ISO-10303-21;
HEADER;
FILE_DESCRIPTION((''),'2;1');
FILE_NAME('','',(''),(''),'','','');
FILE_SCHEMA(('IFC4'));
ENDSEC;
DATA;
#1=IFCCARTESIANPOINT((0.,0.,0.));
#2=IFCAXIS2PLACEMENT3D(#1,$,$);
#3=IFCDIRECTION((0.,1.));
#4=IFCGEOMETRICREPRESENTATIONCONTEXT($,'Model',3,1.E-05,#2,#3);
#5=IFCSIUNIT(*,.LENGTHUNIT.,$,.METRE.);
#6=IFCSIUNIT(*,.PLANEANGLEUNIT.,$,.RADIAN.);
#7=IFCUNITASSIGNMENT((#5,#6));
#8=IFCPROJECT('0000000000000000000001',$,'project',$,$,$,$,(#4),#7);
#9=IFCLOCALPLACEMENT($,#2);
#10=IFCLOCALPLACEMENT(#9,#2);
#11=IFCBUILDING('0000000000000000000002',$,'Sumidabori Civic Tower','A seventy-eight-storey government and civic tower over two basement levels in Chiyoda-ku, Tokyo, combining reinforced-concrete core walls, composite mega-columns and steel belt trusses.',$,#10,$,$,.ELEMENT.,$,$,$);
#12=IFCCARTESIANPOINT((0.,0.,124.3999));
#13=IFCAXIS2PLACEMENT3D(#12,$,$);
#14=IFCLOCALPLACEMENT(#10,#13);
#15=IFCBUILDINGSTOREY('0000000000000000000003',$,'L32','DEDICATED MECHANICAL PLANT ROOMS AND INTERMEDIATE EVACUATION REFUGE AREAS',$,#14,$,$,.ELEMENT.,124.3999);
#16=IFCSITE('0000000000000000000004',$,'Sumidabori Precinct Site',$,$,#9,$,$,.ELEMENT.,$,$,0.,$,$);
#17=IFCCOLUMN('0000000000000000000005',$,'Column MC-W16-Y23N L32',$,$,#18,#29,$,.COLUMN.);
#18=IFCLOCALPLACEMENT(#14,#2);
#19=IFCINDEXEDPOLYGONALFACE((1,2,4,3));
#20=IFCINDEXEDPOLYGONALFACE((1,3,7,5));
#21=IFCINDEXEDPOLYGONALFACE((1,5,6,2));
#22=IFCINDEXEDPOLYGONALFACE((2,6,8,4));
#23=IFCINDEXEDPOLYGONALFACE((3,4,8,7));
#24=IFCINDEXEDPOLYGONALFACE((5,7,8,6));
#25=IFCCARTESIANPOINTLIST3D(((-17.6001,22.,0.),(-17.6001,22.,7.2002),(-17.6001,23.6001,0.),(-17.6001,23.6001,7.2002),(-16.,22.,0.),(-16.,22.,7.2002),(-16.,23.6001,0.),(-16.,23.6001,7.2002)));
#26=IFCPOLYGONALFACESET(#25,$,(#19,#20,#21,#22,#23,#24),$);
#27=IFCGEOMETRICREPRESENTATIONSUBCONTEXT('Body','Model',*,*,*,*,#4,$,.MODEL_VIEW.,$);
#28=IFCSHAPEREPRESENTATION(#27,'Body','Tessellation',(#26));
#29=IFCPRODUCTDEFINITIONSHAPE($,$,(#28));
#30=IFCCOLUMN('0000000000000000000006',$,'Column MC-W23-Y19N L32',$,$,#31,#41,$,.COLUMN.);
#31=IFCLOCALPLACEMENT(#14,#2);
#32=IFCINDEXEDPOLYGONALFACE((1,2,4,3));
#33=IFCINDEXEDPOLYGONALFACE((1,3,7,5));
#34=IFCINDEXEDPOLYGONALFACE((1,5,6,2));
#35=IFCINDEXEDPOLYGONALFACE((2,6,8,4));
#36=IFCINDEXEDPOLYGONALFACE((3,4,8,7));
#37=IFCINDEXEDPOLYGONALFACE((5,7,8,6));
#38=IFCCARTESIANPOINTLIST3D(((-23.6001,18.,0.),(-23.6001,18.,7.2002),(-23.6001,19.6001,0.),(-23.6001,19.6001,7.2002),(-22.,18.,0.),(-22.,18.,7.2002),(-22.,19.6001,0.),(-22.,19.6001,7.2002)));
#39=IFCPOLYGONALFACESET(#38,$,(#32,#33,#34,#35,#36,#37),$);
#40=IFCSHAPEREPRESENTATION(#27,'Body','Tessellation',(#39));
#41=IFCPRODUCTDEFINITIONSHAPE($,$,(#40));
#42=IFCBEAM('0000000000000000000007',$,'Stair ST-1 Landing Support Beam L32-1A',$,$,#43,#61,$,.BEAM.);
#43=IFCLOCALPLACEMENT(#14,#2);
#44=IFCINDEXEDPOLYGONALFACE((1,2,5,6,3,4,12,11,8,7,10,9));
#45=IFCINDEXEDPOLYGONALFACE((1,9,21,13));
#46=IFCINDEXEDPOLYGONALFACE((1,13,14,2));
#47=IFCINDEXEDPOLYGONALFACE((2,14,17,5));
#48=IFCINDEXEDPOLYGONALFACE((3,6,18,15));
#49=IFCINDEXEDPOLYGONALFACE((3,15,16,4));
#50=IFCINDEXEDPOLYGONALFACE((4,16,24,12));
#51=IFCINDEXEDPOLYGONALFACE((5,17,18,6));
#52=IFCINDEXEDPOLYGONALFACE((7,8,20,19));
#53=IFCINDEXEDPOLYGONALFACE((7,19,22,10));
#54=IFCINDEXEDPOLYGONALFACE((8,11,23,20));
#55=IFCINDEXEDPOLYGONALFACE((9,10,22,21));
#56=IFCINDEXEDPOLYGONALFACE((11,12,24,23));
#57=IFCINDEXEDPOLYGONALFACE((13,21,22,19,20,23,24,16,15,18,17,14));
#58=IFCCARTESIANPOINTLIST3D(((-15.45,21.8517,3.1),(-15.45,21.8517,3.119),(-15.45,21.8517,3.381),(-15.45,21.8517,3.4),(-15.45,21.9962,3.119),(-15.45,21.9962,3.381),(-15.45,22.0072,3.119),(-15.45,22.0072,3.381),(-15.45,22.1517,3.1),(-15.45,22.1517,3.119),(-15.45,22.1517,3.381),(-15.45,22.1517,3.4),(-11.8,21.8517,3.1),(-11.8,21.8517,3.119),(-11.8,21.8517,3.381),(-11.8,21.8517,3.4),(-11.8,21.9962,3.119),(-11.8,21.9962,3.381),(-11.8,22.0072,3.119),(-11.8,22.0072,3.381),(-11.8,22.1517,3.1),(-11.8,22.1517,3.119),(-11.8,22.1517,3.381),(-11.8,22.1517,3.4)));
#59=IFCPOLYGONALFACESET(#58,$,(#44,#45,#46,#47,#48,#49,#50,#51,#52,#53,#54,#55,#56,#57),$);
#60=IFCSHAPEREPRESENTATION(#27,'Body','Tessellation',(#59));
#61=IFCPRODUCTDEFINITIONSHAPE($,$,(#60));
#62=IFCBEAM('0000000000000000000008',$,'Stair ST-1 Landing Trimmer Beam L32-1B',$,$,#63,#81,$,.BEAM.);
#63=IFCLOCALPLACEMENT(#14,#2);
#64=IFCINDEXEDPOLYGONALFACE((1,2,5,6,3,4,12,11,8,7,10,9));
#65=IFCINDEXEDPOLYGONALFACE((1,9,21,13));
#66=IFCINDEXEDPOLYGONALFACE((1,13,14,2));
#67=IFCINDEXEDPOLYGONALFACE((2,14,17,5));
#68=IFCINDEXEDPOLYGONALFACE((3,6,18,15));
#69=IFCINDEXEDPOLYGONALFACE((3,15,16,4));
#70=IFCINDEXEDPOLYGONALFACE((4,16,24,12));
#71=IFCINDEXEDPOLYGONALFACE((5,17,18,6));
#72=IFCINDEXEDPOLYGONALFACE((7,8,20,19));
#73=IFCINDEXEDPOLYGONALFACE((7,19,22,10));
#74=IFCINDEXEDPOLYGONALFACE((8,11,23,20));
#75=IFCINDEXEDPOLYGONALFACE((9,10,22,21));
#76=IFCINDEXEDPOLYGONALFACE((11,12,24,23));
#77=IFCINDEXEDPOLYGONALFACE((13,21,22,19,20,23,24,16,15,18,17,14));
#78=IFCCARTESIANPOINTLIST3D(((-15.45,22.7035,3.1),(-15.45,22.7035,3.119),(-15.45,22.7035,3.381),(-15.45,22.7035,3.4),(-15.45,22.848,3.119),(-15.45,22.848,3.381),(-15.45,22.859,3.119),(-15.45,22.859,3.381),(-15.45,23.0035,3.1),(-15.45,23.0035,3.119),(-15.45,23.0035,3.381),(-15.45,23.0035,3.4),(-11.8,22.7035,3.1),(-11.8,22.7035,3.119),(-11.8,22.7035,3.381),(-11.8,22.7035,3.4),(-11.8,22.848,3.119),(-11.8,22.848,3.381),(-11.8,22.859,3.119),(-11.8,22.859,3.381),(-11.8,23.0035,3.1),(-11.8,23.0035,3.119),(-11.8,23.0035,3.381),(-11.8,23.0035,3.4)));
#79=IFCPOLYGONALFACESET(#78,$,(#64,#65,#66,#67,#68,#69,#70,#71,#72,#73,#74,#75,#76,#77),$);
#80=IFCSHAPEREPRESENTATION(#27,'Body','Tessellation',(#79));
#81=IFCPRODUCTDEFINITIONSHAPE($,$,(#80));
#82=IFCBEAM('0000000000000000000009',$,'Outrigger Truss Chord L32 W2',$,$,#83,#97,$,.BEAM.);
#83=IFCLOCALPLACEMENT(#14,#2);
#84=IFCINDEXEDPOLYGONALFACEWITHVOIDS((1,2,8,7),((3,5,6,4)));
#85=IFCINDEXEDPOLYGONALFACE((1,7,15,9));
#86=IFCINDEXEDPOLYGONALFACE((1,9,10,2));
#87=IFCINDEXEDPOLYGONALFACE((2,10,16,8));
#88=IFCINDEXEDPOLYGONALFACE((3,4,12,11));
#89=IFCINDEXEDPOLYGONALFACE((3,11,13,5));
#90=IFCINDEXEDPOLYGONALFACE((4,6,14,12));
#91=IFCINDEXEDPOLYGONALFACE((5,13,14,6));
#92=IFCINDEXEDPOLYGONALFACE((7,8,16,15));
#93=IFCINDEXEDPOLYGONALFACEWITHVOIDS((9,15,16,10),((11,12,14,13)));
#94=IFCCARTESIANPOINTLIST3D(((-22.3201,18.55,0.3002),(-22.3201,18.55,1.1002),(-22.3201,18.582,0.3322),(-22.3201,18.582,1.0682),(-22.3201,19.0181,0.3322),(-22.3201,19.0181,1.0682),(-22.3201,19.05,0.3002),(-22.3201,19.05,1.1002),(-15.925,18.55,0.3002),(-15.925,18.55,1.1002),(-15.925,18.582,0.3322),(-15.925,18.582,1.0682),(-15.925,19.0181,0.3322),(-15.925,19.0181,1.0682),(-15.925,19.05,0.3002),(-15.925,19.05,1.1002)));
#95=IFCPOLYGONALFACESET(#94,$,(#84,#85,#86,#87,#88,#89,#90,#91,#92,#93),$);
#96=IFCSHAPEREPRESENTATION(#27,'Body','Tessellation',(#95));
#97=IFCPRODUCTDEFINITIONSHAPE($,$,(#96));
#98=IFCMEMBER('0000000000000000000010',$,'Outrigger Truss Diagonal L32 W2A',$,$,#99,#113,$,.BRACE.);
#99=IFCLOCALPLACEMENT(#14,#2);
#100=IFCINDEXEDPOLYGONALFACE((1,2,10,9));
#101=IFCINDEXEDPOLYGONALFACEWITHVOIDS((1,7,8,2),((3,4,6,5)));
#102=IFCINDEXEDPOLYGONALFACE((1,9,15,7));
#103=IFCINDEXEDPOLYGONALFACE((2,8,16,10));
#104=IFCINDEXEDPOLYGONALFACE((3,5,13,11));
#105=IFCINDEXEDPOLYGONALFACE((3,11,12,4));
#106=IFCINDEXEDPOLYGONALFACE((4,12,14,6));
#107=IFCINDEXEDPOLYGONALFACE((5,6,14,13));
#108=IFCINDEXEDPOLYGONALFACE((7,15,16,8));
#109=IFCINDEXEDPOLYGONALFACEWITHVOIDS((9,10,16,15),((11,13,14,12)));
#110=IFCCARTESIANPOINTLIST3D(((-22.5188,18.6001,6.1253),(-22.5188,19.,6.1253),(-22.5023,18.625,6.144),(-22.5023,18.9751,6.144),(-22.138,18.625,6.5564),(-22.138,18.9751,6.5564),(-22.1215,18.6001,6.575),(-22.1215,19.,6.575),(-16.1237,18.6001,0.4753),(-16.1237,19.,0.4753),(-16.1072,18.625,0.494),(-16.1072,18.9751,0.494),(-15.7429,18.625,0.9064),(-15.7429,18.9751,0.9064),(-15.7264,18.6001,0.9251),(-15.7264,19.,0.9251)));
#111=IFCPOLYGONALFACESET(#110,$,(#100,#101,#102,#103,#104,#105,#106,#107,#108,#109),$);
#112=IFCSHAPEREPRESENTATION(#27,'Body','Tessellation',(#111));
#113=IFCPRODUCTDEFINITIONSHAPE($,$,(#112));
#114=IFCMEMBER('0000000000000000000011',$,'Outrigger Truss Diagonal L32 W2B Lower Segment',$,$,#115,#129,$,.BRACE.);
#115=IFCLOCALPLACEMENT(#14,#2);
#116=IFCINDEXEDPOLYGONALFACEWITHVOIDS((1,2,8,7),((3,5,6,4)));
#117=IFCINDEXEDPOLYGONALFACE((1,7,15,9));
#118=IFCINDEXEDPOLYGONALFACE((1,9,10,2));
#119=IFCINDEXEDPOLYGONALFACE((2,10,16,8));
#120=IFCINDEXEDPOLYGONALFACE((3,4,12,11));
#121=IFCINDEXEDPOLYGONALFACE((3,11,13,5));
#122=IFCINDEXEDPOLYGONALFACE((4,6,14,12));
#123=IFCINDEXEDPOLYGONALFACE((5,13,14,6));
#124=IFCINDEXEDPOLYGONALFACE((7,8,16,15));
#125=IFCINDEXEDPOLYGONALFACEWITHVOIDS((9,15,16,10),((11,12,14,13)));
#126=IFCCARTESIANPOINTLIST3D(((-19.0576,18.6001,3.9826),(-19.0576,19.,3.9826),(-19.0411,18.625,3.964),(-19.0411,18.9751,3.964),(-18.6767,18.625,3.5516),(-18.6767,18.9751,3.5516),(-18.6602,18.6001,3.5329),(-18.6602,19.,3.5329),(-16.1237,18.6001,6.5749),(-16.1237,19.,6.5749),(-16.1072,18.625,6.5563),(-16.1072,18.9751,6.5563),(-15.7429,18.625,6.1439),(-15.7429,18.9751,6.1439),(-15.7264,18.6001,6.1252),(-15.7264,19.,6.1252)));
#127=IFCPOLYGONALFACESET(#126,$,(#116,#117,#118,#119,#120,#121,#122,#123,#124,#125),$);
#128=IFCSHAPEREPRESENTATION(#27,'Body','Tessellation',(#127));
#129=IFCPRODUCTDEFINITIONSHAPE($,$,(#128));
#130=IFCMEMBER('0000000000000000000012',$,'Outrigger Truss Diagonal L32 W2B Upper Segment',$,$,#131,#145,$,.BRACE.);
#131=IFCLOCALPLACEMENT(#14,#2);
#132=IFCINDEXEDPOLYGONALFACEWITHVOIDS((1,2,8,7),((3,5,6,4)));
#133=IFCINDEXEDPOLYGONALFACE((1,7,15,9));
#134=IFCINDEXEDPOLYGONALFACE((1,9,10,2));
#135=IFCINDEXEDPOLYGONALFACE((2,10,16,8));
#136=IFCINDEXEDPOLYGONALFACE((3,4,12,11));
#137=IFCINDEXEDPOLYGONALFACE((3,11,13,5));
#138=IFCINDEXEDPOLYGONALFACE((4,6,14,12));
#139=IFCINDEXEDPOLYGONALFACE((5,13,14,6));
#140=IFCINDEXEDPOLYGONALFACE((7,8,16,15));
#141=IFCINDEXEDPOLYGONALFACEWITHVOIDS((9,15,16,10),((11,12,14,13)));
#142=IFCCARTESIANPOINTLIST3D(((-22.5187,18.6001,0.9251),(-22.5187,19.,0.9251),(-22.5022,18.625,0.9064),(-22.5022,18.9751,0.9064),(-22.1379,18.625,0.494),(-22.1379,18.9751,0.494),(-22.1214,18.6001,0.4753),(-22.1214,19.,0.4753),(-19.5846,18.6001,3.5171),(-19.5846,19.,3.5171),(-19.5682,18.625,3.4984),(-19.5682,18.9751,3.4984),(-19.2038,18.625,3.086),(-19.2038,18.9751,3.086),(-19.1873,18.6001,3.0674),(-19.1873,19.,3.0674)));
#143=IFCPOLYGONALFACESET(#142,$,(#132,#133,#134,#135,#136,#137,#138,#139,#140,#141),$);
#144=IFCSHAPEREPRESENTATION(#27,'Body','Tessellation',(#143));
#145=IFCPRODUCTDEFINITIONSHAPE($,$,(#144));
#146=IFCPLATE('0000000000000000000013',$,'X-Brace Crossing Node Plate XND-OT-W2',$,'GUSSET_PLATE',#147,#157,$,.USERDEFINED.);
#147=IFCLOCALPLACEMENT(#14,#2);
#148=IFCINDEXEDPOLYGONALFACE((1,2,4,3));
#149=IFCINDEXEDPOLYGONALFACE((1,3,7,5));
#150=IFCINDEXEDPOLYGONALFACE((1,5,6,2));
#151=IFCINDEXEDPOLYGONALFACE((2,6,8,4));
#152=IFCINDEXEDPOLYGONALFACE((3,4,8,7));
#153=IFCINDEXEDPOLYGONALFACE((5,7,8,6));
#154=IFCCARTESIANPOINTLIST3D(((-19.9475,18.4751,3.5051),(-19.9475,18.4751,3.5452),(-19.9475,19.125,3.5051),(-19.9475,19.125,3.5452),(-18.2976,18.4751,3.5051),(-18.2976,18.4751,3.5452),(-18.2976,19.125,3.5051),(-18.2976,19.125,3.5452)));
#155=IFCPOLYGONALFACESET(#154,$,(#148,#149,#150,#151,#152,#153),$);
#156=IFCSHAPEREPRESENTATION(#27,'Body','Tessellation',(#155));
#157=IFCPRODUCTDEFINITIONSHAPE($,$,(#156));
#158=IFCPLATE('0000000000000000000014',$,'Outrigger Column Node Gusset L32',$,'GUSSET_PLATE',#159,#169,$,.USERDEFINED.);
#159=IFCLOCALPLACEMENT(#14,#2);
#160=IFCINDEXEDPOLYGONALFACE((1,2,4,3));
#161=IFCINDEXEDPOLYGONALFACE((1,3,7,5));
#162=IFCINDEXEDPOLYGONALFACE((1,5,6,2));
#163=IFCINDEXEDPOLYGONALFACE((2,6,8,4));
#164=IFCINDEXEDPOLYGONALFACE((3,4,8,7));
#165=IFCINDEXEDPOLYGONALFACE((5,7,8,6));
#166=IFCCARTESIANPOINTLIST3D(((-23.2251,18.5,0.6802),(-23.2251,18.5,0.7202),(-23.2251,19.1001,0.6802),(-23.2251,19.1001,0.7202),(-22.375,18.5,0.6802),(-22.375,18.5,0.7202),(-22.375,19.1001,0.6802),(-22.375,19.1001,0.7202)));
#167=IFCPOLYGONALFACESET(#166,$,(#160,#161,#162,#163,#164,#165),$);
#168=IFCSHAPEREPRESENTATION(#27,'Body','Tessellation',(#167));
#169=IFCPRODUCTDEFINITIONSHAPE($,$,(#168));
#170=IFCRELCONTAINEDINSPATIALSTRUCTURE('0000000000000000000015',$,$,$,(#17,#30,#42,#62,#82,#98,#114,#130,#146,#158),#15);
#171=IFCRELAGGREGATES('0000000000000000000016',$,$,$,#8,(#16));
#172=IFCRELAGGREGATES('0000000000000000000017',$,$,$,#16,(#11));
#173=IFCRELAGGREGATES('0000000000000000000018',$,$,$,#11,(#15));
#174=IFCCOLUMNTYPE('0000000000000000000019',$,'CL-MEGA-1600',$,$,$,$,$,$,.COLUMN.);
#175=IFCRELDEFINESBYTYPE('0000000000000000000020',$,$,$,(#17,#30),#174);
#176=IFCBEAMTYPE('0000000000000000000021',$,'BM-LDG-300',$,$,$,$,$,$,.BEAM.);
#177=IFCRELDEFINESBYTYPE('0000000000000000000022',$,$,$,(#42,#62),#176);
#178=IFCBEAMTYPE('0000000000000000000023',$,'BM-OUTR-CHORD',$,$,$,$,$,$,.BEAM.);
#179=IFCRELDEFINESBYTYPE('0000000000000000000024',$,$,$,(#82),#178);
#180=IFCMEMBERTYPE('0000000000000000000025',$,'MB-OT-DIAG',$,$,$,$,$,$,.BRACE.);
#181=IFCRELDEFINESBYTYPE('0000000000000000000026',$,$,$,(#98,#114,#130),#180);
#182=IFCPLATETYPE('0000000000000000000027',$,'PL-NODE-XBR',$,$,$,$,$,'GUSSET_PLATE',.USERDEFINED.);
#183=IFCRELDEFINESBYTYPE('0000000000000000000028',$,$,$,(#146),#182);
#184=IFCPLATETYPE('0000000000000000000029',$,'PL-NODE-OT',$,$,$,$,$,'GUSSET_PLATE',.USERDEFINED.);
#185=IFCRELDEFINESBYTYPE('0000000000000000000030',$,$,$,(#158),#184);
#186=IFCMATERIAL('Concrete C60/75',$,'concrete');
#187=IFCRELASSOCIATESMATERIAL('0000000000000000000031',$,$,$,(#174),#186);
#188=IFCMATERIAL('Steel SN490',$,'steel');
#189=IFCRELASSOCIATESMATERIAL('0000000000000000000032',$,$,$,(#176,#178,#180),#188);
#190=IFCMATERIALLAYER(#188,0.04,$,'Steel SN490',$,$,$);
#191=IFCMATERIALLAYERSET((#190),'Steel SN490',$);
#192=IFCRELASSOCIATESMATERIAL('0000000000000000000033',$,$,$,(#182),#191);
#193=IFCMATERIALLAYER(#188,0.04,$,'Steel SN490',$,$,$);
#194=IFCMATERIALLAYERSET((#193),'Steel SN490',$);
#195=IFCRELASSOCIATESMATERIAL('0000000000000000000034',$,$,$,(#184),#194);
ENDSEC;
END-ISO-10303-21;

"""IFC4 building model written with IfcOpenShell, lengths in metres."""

from ifc_helpers import new_model, si_unit, direction, frame, origin, origin_2d, place, context, subcontext, project, spatial, rectangle, hollow_rectangle, i_section, extrude, source, transform, mapped, material, layer, layer_set, material_profile, profile_set, type_object, element, save


model = new_model("IFC4")

# Units and contexts
model_context = context("Model", 3, precision=1e-05, world=origin(), true_north=direction((0.0, 1.0)))
body_context = subcontext(model_context, "Body", "Model", "MODEL_VIEW")
ifc_project = project(units=[si_unit("LENGTHUNIT", "METRE"), si_unit("PLANEANGLEUNIT", "RADIAN")], contexts=[model_context])

# Site, building, storey
site_placement = place(None, origin())
site = spatial("IfcSite", under=ifc_project, at=site_placement, Name="Sumidabori Precinct Site", CompositionType="ELEMENT", RefElevation=0.0)
building_placement = place(site_placement, origin())
building = spatial("IfcBuilding", under=site, at=building_placement, Name="Sumidabori Civic Tower", Description="A seventy-eight-storey government and civic tower over two basement levels in Chiyoda-ku, Tokyo, combining reinforced-concrete core walls, composite mega-columns and steel belt trusses.", CompositionType="ELEMENT")
storey_placement = place(building_placement, frame((0.0, 0.0, 124.3999)))
storey = spatial("IfcBuildingStorey", under=building, at=storey_placement, Name="L32", Description="DEDICATED MECHANICAL PLANT ROOMS AND INTERMEDIATE EVACUATION REFUGE AREAS", CompositionType="ELEMENT", Elevation=124.3999)

# Columns
ifc_material_1 = material(Name="Concrete C60/75", Category="concrete")
ifc_material_profile_1 = material_profile(ifc_material_1, rectangle(XDim=1.6001, YDim=1.6001, at=origin_2d()), Name="RC 1600x1600")
ifc_profile_set_1 = profile_set([ifc_material_profile_1], Name="Concrete C60/75")
column_type = type_object("IfcColumnType", Name="CL-MEGA-1600", PredefinedType="COLUMN", material=ifc_profile_set_1)
shared_shape_1 = source(origin(), body_context, "Body", "SweptSolid", [
    extrude(rectangle(XDim=1.6001, YDim=1.6001, at=origin_2d()), origin(), (0.0, 0.0, 1.0), 7.2002),
])
for number, where, z_axis, x_axis, name in (
    (1, (-16.8, 22.8, 0.0), (0.0, 0.0, 1.0), (1.0, 0.0, 0.0), "Column MC-W16-Y23N L32"),
    (2, (-22.8, 18.8, 0.0), (0.0, 0.0, 1.0), (1.0, 0.0, 0.0), "Column MC-W23-Y19N L32"),
):
    element("IfcColumn", number, at=place(storey_placement, frame(where, z_axis=z_axis, x_axis=x_axis)), inside=storey, type_object=column_type, Name=name, PredefinedType="COLUMN", context=body_context, shape_type="MappedRepresentation", body=[
        mapped(shared_shape_1, transform((0.0, 0.0, 0.0), x_axis=(1.0, 0.0, 0.0), y_axis=(0.0, 1.0, 0.0), z_axis=(0.0, 0.0, 1.0), scale=1.0)),
    ])

# Beams
ifc_material_2 = material(Name="Steel SN490", Category="steel")
ifc_material_profile_2 = material_profile(ifc_material_2, i_section(OverallWidth=0.3, OverallDepth=0.3, WebThickness=0.011, FlangeThickness=0.019, at=origin_2d()), Name="HE 300 B")
ifc_profile_set_2 = profile_set([ifc_material_profile_2], Name="Steel SN490")
beam_type_1 = type_object("IfcBeamType", Name="BM-LDG-300", PredefinedType="BEAM", material=ifc_profile_set_2)
shared_shape_2 = source(origin(), body_context, "Body", "SweptSolid", [
    extrude(i_section(OverallWidth=0.3, OverallDepth=0.3, WebThickness=0.011, FlangeThickness=0.019, at=origin_2d()), origin(), (0.0, 0.0, 1.0), 3.6499),
])
for number, where, z_axis, x_axis, name in (
    (3, (-15.45, 22.0017, 3.25), (1.0, 0.0, 0.0), (0.0, 1.0, 0.0), "Stair ST-1 Landing Support Beam L32-1A"),
    (4, (-15.45, 22.8535, 3.25), (1.0, 0.0, 0.0), (0.0, 1.0, 0.0), "Stair ST-1 Landing Trimmer Beam L32-1B"),
):
    element("IfcBeam", number, at=place(storey_placement, frame(where, z_axis=z_axis, x_axis=x_axis)), inside=storey, type_object=beam_type_1, Name=name, PredefinedType="BEAM", context=body_context, shape_type="MappedRepresentation", body=[
        mapped(shared_shape_2, transform((0.0, 0.0, 0.0), x_axis=(1.0, 0.0, 0.0), y_axis=(0.0, 1.0, 0.0), z_axis=(0.0, 0.0, 1.0), scale=1.0)),
    ])
ifc_material_profile_3 = material_profile(ifc_material_2, hollow_rectangle(XDim=0.5, YDim=0.8, WallThickness=0.032, at=origin_2d()), Name="RHS 800x500x32")
ifc_profile_set_3 = profile_set([ifc_material_profile_3], Name="Steel SN490")
beam_type_2 = type_object("IfcBeamType", Name="BM-OUTR-CHORD", PredefinedType="BEAM", material=ifc_profile_set_3)
shared_shape_3 = source(origin(), body_context, "Body", "SweptSolid", [
    extrude(hollow_rectangle(XDim=0.5, YDim=0.8, WallThickness=0.032, at=origin_2d()), origin(), (0.0, 0.0, 1.0), 6.395),
])
beam_placement = place(storey_placement, frame((-15.925, 18.8, 0.7002), z_axis=(-1.0, 0.0, 0.0), x_axis=(0.0, -1.0, 0.0)))
element("IfcBeam", 5, at=beam_placement, inside=storey, type_object=beam_type_2, Name="Outrigger Truss Chord L32 W2", PredefinedType="BEAM", context=body_context, shape_type="MappedRepresentation", body=[
    mapped(shared_shape_3, transform((0.0, 0.0, 0.0), x_axis=(1.0, 0.0, 0.0), y_axis=(0.0, 1.0, 0.0), z_axis=(0.0, 0.0, 1.0), scale=1.0)),
])

# Members
ifc_material_profile_4 = material_profile(ifc_material_2, hollow_rectangle(XDim=0.3999, YDim=0.6001, WallThickness=0.0249, at=origin_2d()), Name="RHS 600x400x25")
ifc_profile_set_4 = profile_set([ifc_material_profile_4], Name="Steel SN490")
member_type = type_object("IfcMemberType", Name="MB-OT-DIAG", PredefinedType="BRACE", material=ifc_profile_set_4)
shared_shape_4 = source(origin(), body_context, "Body", "SweptSolid", [
    extrude(hollow_rectangle(XDim=0.3999, YDim=0.6001, WallThickness=0.0249, at=origin_2d()), origin(), (0.0, 0.0, 1.0), 8.5334),
])
member_placement = place(storey_placement, frame((-15.925, 18.8, 0.7002), z_axis=(-0.749417, 0.0, 0.662098), x_axis=(0.0, -1.0, 0.0)))
element("IfcMember", 6, at=member_placement, inside=storey, type_object=member_type, Name="Outrigger Truss Diagonal L32 W2A", PredefinedType="BRACE", context=body_context, shape_type="MappedRepresentation", body=[
    mapped(shared_shape_4, transform((0.0, 0.0, 0.0), x_axis=(1.0, 0.0, 0.0), y_axis=(0.0, 1.0, 0.0), z_axis=(0.0, 0.0, 1.0), scale=1.0)),
])
shared_shape_5 = source(origin(), body_context, "Body", "SweptSolid", [
    extrude(hollow_rectangle(XDim=0.3999, YDim=0.6001, WallThickness=0.0249, at=origin_2d()), origin(), (0.0, 0.0, 1.0), 3.915),
])
for number, where, z_axis, x_axis, name in (
    (7, (-15.925, 18.8, 6.3501), (-0.749381, 0.0, -0.662139), (0.0, -1.0, 0.0), "Outrigger Truss Diagonal L32 W2B Lower Segment"),
    (8, (-19.386, 18.8, 3.2922), (-0.749439, 0.0, -0.662073), (0.0, -1.0, 0.0), "Outrigger Truss Diagonal L32 W2B Upper Segment"),
):
    element("IfcMember", number, at=place(storey_placement, frame(where, z_axis=z_axis, x_axis=x_axis)), inside=storey, type_object=member_type, Name=name, PredefinedType="BRACE", context=body_context, shape_type="MappedRepresentation", body=[
        mapped(shared_shape_5, transform((0.0, 0.0, 0.0), x_axis=(1.0, 0.0, 0.0), y_axis=(0.0, 1.0, 0.0), z_axis=(0.0, 0.0, 1.0), scale=1.0)),
    ])

# Plates
ifc_layer_1 = layer(ifc_material_2, 0.04, Name="Steel SN490")
ifc_layer_set_1 = layer_set([ifc_layer_1], Name="Steel SN490")
plate_type_1 = type_object("IfcPlateType", Name="PL-NODE-XBR", ElementType="GUSSET_PLATE", PredefinedType="USERDEFINED", material=ifc_layer_set_1)
shared_shape_6 = source(origin(), body_context, "Body", "SweptSolid", [
    extrude(rectangle(XDim=1.6499, YDim=0.6499, at=origin_2d()), origin(), (0.0, 0.0, 1.0), 0.04),
])
plate_1_placement = place(storey_placement, frame((-19.1226, 18.8, 3.5051), z_axis=(0.0, 0.0, 1.0), x_axis=(-1.0, 0.0, 0.0)))
element("IfcPlate", 9, at=plate_1_placement, inside=storey, type_object=plate_type_1, Name="X-Brace Crossing Node Plate XND-OT-W2", ObjectType="GUSSET_PLATE", PredefinedType="USERDEFINED", context=body_context, shape_type="MappedRepresentation", body=[
    mapped(shared_shape_6, transform((0.0, 0.0, 0.0), x_axis=(1.0, 0.0, 0.0), y_axis=(0.0, 1.0, 0.0), z_axis=(0.0, 0.0, 1.0), scale=1.0)),
])
ifc_layer_2 = layer(ifc_material_2, 0.04, Name="Steel SN490")
ifc_layer_set_2 = layer_set([ifc_layer_2], Name="Steel SN490")
plate_type_2 = type_object("IfcPlateType", Name="PL-NODE-OT", ElementType="GUSSET_PLATE", PredefinedType="USERDEFINED", material=ifc_layer_set_2)
shared_shape_7 = source(origin(), body_context, "Body", "SweptSolid", [
    extrude(rectangle(XDim=0.8501, YDim=0.6001, at=origin_2d()), origin(), (0.0, 0.0, 1.0), 0.04),
])
plate_2_placement = place(storey_placement, frame((-22.8, 18.8, 0.6802), z_axis=(0.0, 0.0, 1.0), x_axis=(1.0, 0.0, 0.0)))
element("IfcPlate", 10, at=plate_2_placement, inside=storey, type_object=plate_type_2, Name="Outrigger Column Node Gusset L32", ObjectType="GUSSET_PLATE", PredefinedType="USERDEFINED", context=body_context, shape_type="MappedRepresentation", body=[
    mapped(shared_shape_7, transform((0.0, 0.0, 0.0), x_axis=(1.0, 0.0, 0.0), y_axis=(0.0, 1.0, 0.0), z_axis=(0.0, 0.0, 1.0), scale=1.0)),
])

save(model, "model.ifc")
